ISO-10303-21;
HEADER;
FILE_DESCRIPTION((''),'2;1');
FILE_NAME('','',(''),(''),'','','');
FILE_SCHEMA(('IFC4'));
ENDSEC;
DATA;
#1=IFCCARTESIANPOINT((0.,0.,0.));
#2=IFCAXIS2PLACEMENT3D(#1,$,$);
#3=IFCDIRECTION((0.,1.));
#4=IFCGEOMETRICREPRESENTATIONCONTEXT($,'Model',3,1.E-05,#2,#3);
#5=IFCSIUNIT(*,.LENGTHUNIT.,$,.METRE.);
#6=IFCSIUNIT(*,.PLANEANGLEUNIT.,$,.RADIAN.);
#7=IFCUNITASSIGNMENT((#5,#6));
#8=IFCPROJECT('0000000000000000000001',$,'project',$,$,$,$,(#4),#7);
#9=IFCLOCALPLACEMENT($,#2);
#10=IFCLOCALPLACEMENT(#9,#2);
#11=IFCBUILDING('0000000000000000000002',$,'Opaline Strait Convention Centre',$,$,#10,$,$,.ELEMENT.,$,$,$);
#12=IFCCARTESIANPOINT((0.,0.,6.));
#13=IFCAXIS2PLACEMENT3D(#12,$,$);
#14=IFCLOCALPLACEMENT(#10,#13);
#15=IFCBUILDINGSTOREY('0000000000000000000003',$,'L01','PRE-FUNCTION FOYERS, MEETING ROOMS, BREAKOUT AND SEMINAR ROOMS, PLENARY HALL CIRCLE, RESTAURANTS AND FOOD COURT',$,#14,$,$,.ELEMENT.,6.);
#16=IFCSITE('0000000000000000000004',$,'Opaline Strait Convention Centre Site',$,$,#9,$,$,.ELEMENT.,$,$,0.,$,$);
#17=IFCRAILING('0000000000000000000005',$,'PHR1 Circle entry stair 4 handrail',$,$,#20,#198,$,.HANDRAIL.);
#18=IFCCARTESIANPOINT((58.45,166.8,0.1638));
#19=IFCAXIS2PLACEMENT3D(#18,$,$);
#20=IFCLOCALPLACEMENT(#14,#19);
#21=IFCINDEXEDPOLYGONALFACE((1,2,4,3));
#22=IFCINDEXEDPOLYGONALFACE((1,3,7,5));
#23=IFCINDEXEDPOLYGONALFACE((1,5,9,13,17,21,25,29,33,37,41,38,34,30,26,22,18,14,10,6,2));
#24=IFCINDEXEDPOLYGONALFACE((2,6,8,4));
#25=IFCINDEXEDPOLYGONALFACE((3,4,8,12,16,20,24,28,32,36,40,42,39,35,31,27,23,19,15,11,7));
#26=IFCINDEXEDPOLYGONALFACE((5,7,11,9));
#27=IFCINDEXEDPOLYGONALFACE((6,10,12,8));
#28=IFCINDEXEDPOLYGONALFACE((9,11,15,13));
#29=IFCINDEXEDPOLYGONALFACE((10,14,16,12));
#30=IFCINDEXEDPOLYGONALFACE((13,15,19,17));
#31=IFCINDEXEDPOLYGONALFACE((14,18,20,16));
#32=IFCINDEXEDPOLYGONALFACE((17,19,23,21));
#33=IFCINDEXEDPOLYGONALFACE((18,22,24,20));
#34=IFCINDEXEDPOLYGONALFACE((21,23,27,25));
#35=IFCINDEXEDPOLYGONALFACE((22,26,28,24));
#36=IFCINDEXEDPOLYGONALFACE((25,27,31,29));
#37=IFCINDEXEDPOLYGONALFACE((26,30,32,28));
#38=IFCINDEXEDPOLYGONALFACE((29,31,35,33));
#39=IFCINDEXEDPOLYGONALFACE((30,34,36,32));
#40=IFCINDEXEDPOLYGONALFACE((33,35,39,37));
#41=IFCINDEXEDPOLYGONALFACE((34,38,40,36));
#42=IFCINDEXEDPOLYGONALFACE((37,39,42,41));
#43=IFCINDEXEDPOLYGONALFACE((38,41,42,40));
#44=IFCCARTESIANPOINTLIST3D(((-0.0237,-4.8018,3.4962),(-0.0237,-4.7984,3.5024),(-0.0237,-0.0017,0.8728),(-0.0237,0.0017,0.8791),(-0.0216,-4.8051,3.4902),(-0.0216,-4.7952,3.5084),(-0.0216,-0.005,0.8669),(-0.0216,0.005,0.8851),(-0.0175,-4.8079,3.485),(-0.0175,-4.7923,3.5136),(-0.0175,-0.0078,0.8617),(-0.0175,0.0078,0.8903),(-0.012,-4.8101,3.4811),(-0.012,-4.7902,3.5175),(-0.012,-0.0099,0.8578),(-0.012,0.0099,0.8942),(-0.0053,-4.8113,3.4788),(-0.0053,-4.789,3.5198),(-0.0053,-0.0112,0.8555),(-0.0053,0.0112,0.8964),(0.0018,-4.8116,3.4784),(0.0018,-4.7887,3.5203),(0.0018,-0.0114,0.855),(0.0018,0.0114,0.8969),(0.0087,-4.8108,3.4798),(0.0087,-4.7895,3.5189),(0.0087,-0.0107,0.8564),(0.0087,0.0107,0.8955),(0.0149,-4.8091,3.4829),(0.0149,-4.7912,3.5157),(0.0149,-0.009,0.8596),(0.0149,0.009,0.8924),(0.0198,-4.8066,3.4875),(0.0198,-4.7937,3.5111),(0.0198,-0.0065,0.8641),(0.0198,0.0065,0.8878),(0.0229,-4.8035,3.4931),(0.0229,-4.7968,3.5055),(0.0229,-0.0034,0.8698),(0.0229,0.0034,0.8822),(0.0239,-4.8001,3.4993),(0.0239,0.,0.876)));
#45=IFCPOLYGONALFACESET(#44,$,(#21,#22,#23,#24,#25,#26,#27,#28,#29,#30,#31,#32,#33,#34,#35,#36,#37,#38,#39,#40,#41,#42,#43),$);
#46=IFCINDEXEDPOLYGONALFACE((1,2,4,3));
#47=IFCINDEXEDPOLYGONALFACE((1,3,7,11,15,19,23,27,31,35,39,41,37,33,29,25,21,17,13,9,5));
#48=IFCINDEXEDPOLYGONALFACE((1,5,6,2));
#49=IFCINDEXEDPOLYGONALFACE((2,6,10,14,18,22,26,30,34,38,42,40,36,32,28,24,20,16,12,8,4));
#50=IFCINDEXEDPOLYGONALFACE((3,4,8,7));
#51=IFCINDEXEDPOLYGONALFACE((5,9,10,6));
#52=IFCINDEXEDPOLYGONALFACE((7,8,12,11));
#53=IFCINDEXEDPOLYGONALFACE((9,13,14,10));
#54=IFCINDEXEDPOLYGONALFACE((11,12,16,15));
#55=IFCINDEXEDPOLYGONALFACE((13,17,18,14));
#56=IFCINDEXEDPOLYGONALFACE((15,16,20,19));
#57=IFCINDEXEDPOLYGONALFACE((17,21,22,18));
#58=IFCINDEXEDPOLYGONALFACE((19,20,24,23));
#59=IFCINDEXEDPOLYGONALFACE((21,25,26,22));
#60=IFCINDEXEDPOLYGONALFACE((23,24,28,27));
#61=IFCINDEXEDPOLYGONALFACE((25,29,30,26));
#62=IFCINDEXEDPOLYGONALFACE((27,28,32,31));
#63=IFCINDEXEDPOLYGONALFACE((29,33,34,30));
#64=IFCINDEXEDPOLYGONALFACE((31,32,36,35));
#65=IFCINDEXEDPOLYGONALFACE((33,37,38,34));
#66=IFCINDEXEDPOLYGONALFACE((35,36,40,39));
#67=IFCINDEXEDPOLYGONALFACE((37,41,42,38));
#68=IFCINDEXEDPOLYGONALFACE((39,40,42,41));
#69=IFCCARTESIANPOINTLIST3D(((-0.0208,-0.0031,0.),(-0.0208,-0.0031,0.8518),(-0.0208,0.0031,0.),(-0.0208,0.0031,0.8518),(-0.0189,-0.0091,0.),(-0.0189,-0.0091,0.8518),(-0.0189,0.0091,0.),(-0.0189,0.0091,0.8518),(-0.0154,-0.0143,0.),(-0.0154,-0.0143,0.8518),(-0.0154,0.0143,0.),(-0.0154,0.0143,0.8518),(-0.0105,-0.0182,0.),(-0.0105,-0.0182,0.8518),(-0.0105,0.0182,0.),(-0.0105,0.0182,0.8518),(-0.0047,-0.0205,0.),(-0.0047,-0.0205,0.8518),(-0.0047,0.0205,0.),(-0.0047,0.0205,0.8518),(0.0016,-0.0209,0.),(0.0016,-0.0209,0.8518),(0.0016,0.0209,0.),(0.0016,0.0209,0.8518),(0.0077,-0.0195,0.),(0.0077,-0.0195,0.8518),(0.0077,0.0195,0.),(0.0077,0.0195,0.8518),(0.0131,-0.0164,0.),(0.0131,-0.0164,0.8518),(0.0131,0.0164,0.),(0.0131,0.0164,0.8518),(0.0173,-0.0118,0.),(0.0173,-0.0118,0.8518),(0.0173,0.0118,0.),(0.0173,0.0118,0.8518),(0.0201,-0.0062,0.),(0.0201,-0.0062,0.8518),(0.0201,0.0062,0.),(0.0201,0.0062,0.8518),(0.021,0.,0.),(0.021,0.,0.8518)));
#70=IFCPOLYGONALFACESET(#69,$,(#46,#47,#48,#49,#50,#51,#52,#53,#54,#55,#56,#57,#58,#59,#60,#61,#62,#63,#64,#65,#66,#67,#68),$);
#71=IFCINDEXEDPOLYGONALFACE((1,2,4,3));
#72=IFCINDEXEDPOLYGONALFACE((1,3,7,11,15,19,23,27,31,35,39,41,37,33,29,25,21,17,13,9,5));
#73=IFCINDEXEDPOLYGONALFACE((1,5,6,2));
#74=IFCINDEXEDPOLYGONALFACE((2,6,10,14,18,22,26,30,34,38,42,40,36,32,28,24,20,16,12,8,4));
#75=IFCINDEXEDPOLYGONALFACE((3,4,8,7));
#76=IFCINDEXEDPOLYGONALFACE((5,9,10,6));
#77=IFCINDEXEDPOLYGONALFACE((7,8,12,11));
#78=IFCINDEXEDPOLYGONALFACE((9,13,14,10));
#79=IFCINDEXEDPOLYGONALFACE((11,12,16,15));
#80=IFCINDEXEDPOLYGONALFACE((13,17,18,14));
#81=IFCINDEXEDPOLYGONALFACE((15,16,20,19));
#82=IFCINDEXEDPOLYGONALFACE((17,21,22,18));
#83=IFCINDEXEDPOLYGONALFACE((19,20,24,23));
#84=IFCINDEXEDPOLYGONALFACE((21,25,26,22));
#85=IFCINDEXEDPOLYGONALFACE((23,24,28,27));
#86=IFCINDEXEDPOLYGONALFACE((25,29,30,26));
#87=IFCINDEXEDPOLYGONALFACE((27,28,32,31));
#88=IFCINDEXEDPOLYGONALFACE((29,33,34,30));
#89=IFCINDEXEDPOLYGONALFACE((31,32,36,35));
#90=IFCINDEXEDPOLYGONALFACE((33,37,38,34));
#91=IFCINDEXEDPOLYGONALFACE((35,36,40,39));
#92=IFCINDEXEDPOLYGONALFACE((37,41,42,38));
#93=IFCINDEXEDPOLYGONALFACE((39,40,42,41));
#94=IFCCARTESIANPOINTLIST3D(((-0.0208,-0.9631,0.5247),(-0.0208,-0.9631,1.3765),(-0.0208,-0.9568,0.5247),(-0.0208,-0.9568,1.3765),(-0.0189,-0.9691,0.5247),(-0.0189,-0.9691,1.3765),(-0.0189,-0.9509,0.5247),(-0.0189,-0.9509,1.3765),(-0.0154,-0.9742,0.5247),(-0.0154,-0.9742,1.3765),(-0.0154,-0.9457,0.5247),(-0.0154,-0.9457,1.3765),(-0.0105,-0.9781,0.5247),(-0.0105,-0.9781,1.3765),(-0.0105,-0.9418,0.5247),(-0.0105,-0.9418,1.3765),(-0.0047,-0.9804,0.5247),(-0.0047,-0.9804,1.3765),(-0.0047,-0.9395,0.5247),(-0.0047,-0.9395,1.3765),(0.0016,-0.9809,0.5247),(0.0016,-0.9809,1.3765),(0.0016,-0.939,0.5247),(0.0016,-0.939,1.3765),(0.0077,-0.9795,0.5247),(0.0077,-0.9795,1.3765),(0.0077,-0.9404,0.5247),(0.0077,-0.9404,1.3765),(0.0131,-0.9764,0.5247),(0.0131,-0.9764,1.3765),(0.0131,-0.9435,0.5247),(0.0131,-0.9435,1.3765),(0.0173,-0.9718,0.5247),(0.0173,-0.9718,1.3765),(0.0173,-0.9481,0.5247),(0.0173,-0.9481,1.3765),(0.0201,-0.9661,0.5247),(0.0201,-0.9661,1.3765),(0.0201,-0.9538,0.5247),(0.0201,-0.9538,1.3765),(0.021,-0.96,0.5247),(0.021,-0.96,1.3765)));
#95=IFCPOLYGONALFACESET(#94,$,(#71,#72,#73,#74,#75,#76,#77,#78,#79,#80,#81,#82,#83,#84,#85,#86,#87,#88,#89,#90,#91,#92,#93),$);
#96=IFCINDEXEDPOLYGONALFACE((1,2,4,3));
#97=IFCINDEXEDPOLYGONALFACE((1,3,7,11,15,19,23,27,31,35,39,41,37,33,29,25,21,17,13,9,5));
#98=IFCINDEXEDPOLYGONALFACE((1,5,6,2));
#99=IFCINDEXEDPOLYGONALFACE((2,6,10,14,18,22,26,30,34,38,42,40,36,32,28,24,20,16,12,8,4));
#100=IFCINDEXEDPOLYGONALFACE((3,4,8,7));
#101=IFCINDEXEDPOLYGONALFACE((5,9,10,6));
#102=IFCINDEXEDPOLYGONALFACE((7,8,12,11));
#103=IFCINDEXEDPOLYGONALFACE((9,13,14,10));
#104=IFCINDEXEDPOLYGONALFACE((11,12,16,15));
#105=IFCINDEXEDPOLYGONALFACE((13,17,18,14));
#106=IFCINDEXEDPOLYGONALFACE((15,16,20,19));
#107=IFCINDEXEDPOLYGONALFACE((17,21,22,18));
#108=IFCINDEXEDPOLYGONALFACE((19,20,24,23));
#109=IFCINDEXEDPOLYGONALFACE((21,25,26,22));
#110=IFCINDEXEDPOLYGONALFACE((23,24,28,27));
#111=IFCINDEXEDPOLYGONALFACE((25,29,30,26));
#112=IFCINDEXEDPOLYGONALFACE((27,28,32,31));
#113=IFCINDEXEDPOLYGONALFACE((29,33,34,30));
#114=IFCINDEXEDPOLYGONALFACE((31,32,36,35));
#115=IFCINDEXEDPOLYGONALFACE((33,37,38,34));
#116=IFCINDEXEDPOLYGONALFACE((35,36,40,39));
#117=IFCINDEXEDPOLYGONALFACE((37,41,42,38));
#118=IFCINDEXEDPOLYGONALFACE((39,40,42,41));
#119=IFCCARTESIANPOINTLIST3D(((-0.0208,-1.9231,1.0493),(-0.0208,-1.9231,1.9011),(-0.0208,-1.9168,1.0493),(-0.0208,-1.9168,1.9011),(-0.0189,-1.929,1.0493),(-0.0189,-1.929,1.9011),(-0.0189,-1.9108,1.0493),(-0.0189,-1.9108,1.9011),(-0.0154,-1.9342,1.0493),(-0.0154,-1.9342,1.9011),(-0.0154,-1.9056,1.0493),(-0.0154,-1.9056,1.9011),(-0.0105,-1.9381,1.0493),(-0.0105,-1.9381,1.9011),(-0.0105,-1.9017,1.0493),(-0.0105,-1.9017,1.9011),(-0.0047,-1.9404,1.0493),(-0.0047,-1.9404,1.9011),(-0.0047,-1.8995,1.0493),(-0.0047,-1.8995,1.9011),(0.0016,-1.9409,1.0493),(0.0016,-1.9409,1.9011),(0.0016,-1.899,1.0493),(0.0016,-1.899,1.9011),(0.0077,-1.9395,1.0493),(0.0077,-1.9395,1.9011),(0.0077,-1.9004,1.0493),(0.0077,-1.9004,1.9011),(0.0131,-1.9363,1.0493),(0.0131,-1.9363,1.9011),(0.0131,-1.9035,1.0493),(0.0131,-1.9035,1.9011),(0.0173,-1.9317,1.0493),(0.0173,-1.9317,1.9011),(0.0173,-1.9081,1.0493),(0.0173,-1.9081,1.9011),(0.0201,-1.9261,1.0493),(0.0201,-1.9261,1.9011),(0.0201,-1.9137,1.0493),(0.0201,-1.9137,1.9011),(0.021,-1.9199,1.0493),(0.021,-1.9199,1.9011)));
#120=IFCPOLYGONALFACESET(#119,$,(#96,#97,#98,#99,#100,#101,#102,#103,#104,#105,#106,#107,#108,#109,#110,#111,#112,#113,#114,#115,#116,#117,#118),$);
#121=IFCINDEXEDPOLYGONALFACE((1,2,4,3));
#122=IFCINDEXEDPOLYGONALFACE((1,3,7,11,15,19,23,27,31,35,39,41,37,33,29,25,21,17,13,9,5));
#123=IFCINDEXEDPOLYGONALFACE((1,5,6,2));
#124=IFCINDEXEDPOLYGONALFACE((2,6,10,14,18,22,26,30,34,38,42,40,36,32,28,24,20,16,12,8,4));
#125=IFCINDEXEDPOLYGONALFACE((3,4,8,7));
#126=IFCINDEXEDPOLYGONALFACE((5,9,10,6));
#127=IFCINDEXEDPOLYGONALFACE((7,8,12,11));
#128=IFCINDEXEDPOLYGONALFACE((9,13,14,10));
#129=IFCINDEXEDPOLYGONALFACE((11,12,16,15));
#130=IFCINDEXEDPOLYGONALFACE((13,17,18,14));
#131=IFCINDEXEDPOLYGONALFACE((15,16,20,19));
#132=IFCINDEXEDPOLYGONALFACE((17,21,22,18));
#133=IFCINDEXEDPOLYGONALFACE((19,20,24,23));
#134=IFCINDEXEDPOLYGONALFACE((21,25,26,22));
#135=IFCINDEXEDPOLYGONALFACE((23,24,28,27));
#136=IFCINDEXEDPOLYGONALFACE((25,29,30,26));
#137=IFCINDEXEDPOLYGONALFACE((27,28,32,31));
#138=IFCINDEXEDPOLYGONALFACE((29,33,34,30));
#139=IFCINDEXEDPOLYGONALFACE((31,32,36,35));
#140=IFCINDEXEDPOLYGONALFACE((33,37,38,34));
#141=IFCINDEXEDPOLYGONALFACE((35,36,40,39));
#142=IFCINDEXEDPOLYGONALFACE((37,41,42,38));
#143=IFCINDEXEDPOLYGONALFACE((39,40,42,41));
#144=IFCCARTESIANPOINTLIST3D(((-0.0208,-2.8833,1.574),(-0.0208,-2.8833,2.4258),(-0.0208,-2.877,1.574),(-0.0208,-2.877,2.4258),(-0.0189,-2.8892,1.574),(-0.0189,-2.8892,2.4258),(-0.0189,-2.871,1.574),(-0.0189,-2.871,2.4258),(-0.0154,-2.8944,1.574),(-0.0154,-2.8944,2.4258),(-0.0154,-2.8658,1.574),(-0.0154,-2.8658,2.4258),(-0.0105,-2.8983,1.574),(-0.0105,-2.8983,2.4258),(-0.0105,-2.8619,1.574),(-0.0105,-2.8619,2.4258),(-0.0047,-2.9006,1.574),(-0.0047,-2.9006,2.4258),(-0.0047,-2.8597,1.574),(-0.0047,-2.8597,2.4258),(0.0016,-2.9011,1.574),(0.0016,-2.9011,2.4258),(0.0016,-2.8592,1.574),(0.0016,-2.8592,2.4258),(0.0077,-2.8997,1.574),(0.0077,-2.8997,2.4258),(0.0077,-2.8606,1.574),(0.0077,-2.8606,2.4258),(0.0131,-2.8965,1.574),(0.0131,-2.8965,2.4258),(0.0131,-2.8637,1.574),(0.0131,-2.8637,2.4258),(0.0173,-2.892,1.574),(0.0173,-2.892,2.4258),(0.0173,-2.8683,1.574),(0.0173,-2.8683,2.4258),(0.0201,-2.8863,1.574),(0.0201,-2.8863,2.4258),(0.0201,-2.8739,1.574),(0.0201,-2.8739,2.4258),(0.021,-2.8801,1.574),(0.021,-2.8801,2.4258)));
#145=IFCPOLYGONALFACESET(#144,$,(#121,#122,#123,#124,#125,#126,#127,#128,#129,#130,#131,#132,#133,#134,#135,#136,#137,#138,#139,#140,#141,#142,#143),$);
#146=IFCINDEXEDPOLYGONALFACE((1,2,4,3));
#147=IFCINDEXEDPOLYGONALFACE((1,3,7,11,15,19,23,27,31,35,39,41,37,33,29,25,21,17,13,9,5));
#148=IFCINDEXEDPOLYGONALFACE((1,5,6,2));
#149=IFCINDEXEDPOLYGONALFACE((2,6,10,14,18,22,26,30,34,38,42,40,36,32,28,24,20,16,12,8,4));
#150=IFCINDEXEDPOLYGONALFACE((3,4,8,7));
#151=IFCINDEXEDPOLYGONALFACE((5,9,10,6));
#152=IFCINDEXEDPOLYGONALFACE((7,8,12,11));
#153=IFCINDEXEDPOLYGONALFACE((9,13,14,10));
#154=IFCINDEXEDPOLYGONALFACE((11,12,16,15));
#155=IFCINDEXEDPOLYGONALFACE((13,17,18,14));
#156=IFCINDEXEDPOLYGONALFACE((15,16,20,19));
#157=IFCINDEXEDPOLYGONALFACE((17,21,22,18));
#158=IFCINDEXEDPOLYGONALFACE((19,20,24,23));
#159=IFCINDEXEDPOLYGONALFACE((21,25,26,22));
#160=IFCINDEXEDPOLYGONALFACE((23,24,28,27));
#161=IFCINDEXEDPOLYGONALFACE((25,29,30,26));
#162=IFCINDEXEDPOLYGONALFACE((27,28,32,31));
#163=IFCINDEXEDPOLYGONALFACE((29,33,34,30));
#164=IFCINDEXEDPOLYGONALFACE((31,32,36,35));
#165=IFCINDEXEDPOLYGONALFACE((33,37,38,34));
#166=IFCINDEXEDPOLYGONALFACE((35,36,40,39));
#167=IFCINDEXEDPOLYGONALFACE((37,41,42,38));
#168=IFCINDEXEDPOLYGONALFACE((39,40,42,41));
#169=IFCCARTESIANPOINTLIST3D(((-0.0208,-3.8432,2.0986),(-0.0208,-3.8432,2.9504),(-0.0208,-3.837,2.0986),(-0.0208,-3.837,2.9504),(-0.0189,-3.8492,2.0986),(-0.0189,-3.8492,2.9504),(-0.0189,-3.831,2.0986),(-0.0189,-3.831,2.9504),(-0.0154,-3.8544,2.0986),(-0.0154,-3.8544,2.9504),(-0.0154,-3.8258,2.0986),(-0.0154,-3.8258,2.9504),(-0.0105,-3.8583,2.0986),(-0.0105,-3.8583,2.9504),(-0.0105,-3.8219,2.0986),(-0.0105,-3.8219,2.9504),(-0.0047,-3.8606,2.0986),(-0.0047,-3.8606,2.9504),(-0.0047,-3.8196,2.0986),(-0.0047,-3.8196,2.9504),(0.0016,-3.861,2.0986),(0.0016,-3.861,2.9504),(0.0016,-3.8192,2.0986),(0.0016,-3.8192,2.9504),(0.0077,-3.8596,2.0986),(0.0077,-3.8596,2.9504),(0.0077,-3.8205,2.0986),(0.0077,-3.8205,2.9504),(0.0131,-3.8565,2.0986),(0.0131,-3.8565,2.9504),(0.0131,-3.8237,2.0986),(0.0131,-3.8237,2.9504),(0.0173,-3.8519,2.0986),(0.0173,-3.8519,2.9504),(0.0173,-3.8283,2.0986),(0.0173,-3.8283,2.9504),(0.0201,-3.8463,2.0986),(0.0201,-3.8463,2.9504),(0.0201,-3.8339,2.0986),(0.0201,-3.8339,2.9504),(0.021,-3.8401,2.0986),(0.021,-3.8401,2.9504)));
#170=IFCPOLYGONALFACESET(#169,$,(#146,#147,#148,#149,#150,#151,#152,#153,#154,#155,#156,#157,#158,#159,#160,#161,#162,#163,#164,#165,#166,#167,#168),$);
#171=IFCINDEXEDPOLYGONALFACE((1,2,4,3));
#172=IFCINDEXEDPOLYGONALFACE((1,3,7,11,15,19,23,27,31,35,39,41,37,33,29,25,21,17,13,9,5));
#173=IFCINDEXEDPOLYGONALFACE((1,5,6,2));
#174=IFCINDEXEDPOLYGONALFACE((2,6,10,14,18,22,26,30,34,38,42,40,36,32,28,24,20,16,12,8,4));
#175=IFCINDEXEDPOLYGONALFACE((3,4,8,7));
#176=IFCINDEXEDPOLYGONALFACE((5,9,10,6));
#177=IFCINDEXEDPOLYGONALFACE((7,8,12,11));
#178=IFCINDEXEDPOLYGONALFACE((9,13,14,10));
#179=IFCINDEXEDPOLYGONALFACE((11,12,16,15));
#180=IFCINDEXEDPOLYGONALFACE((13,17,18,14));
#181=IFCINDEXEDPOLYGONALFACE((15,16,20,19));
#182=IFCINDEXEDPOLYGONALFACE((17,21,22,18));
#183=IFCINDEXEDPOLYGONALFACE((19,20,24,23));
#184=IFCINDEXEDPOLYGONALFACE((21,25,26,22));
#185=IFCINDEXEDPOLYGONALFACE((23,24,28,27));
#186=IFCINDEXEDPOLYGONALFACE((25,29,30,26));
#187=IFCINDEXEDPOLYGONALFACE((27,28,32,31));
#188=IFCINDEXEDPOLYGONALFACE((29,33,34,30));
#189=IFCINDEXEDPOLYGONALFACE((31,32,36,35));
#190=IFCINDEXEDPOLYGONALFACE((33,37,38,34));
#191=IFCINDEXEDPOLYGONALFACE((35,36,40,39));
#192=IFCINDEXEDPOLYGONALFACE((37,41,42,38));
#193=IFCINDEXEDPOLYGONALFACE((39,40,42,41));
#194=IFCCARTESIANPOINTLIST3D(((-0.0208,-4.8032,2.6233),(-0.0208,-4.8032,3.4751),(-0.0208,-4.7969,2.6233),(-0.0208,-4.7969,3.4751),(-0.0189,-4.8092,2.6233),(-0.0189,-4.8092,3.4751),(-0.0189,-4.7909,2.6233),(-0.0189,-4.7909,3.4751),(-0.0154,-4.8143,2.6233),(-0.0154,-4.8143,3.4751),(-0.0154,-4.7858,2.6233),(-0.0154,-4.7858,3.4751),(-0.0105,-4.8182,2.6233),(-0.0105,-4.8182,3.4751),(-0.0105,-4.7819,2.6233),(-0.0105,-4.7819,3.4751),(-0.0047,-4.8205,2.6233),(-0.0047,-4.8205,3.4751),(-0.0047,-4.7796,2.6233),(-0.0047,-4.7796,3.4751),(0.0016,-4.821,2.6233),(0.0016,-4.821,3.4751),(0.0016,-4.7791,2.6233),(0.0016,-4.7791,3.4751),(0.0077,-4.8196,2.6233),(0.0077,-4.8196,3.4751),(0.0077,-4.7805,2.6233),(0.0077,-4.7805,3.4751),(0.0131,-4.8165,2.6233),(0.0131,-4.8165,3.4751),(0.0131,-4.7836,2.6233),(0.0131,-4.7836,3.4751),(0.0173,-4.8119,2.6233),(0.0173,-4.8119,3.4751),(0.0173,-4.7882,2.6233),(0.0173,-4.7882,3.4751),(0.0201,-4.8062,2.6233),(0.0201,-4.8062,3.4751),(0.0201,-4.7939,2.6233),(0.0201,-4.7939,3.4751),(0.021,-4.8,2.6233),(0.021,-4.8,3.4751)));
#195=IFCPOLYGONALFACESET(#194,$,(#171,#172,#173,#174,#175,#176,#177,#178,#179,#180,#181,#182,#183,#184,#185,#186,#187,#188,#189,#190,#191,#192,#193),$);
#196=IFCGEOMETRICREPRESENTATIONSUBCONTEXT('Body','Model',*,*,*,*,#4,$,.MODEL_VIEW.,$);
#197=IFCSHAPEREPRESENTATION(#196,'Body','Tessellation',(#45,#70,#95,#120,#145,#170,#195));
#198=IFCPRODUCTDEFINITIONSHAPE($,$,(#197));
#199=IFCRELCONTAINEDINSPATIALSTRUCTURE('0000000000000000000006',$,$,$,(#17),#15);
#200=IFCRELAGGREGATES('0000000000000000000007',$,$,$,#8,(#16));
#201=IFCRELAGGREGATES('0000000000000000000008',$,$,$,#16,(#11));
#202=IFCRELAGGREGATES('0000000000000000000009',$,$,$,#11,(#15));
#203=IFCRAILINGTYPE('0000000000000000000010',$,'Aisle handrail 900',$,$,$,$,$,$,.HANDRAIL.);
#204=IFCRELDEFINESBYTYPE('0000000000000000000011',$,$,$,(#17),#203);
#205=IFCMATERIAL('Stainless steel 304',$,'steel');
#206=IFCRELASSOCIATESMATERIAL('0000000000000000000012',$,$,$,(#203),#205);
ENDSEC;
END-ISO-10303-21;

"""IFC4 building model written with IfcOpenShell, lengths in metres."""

from ifc_helpers import new_model, si_unit, direction, frame, origin, origin_2d, place, context, subcontext, project, spatial, circle, extrude, material, type_object, element, save


model = new_model("IFC4")

# Units and contexts
model_context = context("Model", 3, precision=1e-05, world=origin(), true_north=direction((0.0, 1.0)))
body_context = subcontext(model_context, "Body", "Model", "MODEL_VIEW")
ifc_project = project(units=[si_unit("LENGTHUNIT", "METRE"), si_unit("PLANEANGLEUNIT", "RADIAN")], contexts=[model_context])

# Site, building, storey
site_placement = place(None, origin())
site = spatial("IfcSite", under=ifc_project, at=site_placement, Name="Opaline Strait Convention Centre Site", CompositionType="ELEMENT", RefElevation=0.0)
building_placement = place(site_placement, origin())
building = spatial("IfcBuilding", under=site, at=building_placement, Name="Opaline Strait Convention Centre", CompositionType="ELEMENT")
storey_placement = place(building_placement, frame((0.0, 0.0, 6.0)))
storey = spatial("IfcBuildingStorey", under=building, at=storey_placement, Name="L01", Description="PRE-FUNCTION FOYERS, MEETING ROOMS, BREAKOUT AND SEMINAR ROOMS, PLENARY HALL CIRCLE, RESTAURANTS AND FOOD COURT", CompositionType="ELEMENT", Elevation=6.0)

# Railing
ifc_material_1 = material(Name="Stainless steel 304", Category="steel")
railing_type_1 = type_object("IfcRailingType", Name="Aisle handrail 900", PredefinedType="HANDRAIL", material=ifc_material_1)
for number, where, name in (
    (1, (58.45, 166.8, 0.1638), "PHR1 Circle entry stair 4 handrail"),
):
    element("IfcRailing", number, at=place(storey_placement, frame(where)), inside=storey, type_object=railing_type_1, Name=name, PredefinedType="HANDRAIL", context=body_context, shape_type="SweptSolid", body=[
        extrude(circle(Radius=0.0239, at=origin_2d()), frame((0.0, 0.0, 0.876), z_axis=(0.0, -0.877505, 0.479568), x_axis=(1.0, 0.0, 0.0)), (0.0, 0.0, 1.0), 5.4702),
        extrude(circle(Radius=0.021, at=origin_2d()), origin(), (0.0, 0.0, 1.0), 0.8518),
        extrude(circle(Radius=0.021, at=origin_2d()), frame((0.0, -0.96, 0.5247)), (0.0, 0.0, 1.0), 0.8518),
        extrude(circle(Radius=0.021, at=origin_2d()), frame((0.0, -1.9199, 1.0493)), (0.0, 0.0, 1.0), 0.8518),
        extrude(circle(Radius=0.021, at=origin_2d()), frame((0.0, -2.8801, 1.574)), (0.0, 0.0, 1.0), 0.8518),
        extrude(circle(Radius=0.021, at=origin_2d()), frame((0.0, -3.8401, 2.0986)), (0.0, 0.0, 1.0), 0.8518),
        extrude(circle(Radius=0.021, at=origin_2d()), frame((0.0, -4.8, 2.6233)), (0.0, 0.0, 1.0), 0.8518),
    ])

save(model, "model.ifc")
